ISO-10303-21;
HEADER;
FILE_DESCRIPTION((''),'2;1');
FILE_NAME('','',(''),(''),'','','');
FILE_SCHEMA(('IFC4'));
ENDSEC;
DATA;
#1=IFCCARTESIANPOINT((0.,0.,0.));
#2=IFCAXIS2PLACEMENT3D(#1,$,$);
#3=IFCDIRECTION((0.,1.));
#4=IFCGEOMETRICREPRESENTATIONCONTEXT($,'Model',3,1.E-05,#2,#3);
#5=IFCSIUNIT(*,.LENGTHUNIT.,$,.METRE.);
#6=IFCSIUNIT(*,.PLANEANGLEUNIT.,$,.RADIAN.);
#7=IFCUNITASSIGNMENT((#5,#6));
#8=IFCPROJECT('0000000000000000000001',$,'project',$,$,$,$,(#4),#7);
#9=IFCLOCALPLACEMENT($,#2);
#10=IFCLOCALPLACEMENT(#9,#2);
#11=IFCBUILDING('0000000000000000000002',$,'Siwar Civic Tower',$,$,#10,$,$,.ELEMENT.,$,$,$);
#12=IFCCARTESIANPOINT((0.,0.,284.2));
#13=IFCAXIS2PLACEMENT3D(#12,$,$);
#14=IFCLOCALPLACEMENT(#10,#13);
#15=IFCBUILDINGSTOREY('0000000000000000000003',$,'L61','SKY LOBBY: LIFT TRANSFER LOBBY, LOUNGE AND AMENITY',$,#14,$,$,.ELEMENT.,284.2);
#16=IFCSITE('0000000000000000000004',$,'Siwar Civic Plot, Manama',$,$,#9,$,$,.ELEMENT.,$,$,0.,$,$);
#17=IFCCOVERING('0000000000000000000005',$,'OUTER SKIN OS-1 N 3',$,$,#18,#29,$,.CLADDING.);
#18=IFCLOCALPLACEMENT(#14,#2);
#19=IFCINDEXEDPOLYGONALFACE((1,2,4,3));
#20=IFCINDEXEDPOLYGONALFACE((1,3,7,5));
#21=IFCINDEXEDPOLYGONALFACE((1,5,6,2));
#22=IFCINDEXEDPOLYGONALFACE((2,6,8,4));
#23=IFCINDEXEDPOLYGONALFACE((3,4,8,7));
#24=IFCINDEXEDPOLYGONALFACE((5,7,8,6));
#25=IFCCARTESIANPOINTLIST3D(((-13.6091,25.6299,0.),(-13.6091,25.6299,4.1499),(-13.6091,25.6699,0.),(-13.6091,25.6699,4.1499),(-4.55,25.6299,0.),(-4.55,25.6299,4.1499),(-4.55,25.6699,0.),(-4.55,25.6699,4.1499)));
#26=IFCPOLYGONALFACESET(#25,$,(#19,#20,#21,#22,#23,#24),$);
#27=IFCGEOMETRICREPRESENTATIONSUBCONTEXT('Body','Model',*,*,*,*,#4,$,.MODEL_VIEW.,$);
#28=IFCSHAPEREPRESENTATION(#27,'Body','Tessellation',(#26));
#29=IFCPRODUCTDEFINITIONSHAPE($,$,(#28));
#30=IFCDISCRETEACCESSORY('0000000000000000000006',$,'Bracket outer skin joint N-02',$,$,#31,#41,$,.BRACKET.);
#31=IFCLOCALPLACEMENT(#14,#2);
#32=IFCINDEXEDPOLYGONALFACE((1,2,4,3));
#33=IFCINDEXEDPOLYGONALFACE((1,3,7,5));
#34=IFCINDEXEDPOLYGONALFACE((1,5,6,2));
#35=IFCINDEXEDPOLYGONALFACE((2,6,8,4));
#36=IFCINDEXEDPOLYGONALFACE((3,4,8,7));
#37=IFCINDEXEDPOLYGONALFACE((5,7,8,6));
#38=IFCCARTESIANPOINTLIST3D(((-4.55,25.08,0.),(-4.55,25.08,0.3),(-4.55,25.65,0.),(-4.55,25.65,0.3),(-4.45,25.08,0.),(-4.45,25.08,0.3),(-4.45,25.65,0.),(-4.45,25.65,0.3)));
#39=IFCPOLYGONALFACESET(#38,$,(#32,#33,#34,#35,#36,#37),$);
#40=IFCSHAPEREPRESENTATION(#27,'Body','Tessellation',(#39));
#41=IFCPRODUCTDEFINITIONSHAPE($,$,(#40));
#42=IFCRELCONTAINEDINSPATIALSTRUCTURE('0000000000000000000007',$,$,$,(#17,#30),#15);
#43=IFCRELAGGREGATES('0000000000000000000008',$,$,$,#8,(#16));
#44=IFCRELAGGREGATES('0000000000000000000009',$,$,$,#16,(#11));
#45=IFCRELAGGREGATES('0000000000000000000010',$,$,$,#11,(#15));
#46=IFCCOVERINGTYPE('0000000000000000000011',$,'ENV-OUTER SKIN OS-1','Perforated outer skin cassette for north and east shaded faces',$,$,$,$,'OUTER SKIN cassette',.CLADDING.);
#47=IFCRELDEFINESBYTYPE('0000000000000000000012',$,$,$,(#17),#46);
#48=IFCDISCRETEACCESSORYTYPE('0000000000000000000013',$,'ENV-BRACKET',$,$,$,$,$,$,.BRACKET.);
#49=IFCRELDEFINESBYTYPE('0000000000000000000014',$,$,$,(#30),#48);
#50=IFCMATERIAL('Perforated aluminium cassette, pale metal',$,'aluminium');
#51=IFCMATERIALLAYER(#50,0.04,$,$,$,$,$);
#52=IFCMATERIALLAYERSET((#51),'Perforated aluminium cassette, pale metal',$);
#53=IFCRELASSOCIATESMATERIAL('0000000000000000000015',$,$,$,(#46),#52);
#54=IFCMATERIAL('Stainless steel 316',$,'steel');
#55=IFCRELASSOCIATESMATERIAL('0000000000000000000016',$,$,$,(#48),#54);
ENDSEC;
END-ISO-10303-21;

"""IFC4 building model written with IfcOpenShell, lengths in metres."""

from ifc_helpers import new_model, si_unit, direction, frame, origin, origin_2d, place, context, subcontext, project, spatial, rectangle, extrude, material, layer, layer_set, type_object, element, save


model = new_model("IFC4")

# Units and contexts
model_context = context("Model", 3, precision=1e-05, world=origin(), true_north=direction((0.0, 1.0)))
body_context = subcontext(model_context, "Body", "Model", "MODEL_VIEW")
ifc_project = project(units=[si_unit("LENGTHUNIT", "METRE"), si_unit("PLANEANGLEUNIT", "RADIAN")], contexts=[model_context])

# Site, building, storey
site_placement = place(None, origin())
site = spatial("IfcSite", under=ifc_project, at=site_placement, Name="Siwar Civic Plot, Manama", CompositionType="ELEMENT", RefElevation=0.0)
building_placement = place(site_placement, origin())
building = spatial("IfcBuilding", under=site, at=building_placement, Name="Siwar Civic Tower", CompositionType="ELEMENT")
storey_placement = place(building_placement, frame((0.0, 0.0, 284.2)))
storey = spatial("IfcBuildingStorey", under=building, at=storey_placement, Name="L61", Description="SKY LOBBY: LIFT TRANSFER LOBBY, LOUNGE AND AMENITY", CompositionType="ELEMENT", Elevation=284.2)

# Covering
ifc_material_1 = material(Name="Perforated aluminium cassette, pale metal", Category="aluminium")
ifc_layer_1 = layer(ifc_material_1, 0.04)
ifc_layer_set_1 = layer_set([ifc_layer_1], Name="Perforated aluminium cassette, pale metal")
covering_type = type_object("IfcCoveringType", Name="ENV-OUTER SKIN OS-1", Description="Perforated outer skin cassette for north and east shaded faces", ElementType="OUTER SKIN cassette", PredefinedType="CLADDING", material=ifc_layer_set_1)
covering_placement = place(storey_placement, frame((-9.0796, 25.6499, 0.0), z_axis=(0.0, 0.0, 1.0), x_axis=(-1.0, 0.0, 0.0)))
element("IfcCovering", 1, at=covering_placement, inside=storey, type_object=covering_type, Name="OUTER SKIN OS-1 N 3", PredefinedType="CLADDING", context=body_context, shape_type="SweptSolid", body=[
    extrude(rectangle(XDim=9.0591, YDim=0.04, at=origin_2d()), origin(), (0.0, 0.0, 1.0), 4.1499),
])

# Discrete accessory
ifc_material_2 = material(Name="Stainless steel 316", Category="steel")
discrete_accessory_type = type_object("IfcDiscreteAccessoryType", Name="ENV-BRACKET", PredefinedType="BRACKET", material=ifc_material_2)
discrete_accessory_placement = place(storey_placement, frame((-4.5, 25.365, 0.0), z_axis=(0.0, 0.0, 1.0), x_axis=(0.0, 1.0, 0.0)))
element("IfcDiscreteAccessory", 2, at=discrete_accessory_placement, inside=storey, type_object=discrete_accessory_type, Name="Bracket outer skin joint N-02", PredefinedType="BRACKET", context=body_context, shape_type="SweptSolid", body=[
    extrude(rectangle(XDim=0.5701, YDim=0.1001, at=origin_2d()), origin(), (0.0, 0.0, 1.0), 0.3),
])

save(model, "model.ifc")
